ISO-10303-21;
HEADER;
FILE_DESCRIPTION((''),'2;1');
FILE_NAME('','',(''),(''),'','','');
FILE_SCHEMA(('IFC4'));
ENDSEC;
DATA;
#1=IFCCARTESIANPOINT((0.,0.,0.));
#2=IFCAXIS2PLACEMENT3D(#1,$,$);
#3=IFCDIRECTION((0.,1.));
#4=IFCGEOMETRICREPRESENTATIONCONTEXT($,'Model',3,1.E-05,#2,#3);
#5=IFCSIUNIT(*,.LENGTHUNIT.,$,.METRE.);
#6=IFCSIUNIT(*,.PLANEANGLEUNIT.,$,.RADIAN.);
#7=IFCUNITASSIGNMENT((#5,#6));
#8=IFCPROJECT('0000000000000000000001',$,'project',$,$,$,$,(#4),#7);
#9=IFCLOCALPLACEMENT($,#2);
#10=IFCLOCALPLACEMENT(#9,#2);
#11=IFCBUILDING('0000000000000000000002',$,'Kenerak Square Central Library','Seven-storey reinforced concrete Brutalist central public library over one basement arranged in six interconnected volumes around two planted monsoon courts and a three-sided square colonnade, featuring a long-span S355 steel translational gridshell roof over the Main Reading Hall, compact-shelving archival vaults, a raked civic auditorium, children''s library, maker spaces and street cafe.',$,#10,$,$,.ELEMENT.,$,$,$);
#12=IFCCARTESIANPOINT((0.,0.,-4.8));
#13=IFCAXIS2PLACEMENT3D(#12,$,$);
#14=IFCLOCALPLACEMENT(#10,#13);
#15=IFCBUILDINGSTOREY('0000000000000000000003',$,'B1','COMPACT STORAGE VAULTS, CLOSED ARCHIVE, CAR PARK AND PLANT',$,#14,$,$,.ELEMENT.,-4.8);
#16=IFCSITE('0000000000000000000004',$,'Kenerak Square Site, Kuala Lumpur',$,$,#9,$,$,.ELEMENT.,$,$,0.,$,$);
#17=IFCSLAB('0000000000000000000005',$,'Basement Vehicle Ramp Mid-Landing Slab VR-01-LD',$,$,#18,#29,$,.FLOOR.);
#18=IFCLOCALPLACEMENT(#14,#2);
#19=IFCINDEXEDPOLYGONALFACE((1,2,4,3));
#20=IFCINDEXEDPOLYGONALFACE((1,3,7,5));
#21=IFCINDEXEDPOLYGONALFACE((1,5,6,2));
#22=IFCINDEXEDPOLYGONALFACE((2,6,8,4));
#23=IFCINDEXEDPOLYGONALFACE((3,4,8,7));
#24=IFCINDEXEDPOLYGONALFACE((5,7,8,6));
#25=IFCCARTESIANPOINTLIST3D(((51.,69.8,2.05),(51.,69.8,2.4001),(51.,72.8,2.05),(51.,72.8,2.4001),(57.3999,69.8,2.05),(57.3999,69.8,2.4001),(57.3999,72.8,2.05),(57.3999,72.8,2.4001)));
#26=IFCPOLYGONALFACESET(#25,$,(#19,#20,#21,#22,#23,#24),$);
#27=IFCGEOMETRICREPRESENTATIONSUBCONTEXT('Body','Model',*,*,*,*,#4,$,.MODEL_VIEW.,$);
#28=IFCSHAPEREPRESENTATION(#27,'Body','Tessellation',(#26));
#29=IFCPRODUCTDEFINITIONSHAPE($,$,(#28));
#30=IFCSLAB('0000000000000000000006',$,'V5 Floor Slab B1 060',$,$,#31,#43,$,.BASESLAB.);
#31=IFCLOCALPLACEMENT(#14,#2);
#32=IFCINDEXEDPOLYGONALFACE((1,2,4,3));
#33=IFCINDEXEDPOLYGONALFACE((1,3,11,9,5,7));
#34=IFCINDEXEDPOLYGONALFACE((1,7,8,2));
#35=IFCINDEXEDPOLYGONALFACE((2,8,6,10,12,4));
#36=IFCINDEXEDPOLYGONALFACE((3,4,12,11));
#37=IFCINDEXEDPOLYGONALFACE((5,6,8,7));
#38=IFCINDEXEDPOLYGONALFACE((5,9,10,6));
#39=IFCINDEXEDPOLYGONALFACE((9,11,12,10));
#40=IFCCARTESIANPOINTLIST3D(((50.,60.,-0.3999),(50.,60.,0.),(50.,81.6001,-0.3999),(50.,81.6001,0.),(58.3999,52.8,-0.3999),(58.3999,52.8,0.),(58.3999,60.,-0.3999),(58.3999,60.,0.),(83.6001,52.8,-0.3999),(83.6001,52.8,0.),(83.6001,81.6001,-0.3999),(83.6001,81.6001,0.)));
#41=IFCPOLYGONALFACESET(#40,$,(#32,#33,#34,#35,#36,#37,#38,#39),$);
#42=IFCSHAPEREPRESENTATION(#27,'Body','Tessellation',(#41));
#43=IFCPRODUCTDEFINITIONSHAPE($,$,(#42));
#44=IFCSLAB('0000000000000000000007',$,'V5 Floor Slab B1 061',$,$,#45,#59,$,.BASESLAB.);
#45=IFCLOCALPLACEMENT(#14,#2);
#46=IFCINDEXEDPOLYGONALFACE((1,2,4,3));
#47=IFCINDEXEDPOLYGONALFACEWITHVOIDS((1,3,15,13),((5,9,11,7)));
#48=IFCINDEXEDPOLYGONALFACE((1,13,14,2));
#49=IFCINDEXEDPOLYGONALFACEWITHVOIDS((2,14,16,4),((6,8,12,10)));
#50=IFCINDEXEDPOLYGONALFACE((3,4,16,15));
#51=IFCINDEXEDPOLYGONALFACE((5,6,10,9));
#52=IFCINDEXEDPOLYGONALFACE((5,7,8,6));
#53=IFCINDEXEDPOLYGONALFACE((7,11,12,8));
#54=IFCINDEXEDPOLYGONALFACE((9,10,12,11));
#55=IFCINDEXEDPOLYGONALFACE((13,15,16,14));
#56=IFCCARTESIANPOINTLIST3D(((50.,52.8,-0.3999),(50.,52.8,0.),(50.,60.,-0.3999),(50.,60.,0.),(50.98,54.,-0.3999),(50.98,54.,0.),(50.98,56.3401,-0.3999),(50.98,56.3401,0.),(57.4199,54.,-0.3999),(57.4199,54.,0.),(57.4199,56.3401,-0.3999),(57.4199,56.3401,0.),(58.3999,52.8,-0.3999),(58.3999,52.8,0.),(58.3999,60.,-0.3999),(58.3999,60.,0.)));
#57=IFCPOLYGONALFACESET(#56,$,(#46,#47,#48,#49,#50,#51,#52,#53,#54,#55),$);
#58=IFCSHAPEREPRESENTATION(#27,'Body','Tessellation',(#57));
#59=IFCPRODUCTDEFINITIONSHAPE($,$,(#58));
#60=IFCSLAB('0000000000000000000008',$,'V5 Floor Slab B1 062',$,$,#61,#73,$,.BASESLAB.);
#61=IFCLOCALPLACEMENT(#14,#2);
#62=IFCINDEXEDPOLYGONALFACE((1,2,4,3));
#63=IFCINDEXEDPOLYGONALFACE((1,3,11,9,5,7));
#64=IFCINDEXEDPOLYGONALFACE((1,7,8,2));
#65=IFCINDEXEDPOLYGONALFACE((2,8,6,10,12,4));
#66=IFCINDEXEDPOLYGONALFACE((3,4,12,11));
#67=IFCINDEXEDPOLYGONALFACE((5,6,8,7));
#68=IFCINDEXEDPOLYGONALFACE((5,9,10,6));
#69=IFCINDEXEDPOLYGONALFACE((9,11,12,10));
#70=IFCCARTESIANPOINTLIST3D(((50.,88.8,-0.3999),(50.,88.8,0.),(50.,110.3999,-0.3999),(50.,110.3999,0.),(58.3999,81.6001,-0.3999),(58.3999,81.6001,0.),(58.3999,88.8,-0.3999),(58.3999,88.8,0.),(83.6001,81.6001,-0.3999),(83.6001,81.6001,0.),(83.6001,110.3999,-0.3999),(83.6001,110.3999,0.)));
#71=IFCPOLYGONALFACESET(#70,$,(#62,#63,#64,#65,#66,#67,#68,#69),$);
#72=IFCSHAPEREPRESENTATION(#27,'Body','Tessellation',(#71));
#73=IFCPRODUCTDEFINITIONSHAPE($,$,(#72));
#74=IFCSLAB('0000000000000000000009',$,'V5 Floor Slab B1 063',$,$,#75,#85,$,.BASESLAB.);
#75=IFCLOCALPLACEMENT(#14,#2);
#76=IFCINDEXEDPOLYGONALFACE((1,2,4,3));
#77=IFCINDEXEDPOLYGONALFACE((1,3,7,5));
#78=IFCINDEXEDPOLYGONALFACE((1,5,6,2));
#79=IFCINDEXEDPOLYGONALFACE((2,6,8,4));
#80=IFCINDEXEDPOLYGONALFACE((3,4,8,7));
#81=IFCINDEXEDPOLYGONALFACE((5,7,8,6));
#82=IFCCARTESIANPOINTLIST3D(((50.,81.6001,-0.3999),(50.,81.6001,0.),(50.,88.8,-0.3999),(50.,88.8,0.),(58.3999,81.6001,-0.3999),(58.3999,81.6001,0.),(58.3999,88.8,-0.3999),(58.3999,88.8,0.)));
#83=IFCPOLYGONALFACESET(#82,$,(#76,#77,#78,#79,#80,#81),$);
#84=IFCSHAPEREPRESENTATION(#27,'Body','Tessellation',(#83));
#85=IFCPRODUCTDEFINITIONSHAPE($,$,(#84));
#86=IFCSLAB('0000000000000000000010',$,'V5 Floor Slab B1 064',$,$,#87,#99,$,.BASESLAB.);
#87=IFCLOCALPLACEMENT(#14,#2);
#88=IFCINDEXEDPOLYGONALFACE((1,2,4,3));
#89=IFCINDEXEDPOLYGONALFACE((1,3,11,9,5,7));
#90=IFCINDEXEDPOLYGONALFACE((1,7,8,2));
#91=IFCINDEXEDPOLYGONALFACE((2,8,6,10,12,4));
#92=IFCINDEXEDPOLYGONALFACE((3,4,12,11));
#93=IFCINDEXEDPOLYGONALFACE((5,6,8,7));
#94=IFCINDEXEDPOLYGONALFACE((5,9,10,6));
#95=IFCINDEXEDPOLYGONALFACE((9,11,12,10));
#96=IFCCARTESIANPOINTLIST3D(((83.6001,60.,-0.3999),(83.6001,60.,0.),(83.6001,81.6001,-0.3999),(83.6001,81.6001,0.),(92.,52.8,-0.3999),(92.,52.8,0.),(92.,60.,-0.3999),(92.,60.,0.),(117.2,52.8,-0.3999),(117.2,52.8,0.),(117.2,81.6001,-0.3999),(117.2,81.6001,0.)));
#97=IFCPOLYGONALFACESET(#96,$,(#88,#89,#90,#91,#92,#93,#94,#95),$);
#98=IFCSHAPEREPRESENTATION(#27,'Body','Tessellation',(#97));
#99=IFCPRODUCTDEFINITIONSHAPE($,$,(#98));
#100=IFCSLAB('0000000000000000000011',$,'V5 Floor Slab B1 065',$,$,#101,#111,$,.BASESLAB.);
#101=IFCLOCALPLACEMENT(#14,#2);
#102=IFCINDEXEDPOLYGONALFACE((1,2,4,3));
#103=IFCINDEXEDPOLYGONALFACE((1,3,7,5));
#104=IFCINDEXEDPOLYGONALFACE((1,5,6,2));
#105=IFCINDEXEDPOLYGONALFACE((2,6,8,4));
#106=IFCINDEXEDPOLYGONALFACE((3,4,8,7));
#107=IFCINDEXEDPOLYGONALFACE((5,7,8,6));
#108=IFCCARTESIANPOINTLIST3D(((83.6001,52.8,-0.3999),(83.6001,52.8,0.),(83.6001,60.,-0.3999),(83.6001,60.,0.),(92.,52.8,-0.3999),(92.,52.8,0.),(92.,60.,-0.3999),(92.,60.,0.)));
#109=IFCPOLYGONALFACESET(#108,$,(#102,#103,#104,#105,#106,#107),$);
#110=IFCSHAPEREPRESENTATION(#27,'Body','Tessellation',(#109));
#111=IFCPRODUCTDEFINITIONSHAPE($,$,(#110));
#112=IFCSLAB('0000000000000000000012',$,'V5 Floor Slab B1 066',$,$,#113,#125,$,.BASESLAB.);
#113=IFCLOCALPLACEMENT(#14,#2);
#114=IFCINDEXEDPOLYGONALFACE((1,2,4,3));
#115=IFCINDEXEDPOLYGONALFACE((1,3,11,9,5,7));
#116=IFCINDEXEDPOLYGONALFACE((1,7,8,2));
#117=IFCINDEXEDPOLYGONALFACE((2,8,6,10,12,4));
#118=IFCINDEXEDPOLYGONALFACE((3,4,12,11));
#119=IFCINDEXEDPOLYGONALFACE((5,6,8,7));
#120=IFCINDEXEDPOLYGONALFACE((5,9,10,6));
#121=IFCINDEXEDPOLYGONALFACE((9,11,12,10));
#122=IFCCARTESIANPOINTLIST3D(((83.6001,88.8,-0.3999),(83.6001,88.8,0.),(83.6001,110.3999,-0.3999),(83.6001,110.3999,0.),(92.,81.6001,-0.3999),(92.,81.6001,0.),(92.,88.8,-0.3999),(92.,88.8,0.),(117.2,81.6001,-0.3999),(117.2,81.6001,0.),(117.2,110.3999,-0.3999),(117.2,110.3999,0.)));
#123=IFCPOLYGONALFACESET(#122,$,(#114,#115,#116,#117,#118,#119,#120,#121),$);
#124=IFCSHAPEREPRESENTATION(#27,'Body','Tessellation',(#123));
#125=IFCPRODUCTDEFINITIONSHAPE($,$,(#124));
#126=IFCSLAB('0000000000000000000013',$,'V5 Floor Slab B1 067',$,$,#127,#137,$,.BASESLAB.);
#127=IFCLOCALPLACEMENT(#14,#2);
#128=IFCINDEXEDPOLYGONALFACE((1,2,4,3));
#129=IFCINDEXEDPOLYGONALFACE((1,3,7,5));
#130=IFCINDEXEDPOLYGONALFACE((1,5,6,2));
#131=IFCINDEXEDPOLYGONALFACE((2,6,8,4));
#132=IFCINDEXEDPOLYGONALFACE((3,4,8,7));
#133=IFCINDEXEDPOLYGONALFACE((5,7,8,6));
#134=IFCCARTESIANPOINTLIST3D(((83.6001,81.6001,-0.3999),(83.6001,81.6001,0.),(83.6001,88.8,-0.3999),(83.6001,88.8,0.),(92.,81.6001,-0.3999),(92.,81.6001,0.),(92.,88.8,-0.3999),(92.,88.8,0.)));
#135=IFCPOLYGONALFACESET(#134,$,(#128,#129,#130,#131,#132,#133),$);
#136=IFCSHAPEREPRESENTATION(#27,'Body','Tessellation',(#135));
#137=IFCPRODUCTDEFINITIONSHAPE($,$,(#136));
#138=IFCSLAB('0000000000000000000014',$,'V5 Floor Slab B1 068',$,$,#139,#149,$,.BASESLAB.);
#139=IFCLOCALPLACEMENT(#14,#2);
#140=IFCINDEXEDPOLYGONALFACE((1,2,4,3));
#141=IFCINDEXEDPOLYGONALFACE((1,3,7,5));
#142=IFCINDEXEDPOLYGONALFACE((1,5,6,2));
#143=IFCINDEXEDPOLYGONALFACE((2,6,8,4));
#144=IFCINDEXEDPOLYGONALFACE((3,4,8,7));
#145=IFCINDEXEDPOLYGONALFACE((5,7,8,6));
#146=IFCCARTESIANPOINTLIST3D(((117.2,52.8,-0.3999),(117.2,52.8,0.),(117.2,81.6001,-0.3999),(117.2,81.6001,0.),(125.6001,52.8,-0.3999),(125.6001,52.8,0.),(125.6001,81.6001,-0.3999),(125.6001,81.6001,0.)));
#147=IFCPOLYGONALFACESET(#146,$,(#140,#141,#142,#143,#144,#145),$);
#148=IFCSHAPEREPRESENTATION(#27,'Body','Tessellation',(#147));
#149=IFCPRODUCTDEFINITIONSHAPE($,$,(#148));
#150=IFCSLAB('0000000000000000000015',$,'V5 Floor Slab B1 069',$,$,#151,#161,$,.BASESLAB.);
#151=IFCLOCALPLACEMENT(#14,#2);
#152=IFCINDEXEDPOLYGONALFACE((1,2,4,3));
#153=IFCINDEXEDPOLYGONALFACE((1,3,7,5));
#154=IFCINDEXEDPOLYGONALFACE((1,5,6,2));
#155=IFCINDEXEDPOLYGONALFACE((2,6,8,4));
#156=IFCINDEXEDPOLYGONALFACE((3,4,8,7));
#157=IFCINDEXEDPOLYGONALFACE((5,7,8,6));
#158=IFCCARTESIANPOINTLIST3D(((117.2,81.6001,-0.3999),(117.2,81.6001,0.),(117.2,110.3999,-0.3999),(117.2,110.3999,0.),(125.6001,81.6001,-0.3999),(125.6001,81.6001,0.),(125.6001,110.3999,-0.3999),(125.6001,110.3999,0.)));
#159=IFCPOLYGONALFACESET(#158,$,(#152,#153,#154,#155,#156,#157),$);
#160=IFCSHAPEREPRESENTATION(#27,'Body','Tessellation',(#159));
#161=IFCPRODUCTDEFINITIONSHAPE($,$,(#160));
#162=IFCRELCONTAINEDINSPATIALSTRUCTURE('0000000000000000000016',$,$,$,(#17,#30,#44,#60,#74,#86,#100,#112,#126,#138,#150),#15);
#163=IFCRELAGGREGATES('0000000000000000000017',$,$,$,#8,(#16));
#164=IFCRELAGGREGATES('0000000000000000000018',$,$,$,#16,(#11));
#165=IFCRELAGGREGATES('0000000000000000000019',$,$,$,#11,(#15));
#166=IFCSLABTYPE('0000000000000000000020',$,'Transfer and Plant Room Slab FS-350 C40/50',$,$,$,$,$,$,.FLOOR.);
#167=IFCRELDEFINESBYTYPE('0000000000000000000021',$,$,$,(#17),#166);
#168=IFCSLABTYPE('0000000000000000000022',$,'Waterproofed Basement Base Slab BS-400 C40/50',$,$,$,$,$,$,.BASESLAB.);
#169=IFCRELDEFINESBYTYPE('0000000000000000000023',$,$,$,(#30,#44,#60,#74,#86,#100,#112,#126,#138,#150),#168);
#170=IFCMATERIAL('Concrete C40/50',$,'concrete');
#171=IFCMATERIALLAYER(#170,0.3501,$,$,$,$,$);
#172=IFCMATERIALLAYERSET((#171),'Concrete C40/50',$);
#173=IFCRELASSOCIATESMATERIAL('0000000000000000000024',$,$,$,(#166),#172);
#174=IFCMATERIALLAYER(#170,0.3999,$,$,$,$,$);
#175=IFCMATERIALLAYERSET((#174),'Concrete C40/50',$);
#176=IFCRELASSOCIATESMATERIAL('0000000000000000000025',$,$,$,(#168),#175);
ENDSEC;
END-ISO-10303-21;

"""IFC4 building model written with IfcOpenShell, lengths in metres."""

from ifc_helpers import new_model, si_unit, direction, frame, origin, place, context, subcontext, project, spatial, polyline, outline, extrude, material, layer, layer_set, type_object, element, save


model = new_model("IFC4")

# Units and contexts
model_context = context("Model", 3, precision=1e-05, world=origin(), true_north=direction((0.0, 1.0)))
body_context = subcontext(model_context, "Body", "Model", "MODEL_VIEW")
ifc_project = project(units=[si_unit("LENGTHUNIT", "METRE"), si_unit("PLANEANGLEUNIT", "RADIAN")], contexts=[model_context])

# Site, building, storey
site_placement = place(None, origin())
site = spatial("IfcSite", under=ifc_project, at=site_placement, Name="Kenerak Square Site, Kuala Lumpur", CompositionType="ELEMENT", RefElevation=0.0)
building_placement = place(site_placement, origin())
building = spatial("IfcBuilding", under=site, at=building_placement, Name="Kenerak Square Central Library", Description="Seven-storey reinforced concrete Brutalist central public library over one basement arranged in six interconnected volumes around two planted monsoon courts and a three-sided square colonnade, featuring a long-span S355 steel translational gridshell roof over the Main Reading Hall, compact-shelving archival vaults, a raked civic auditorium, children's library, maker spaces and street cafe.", CompositionType="ELEMENT")
storey_placement = place(building_placement, frame((0.0, 0.0, -4.8)))
storey = spatial("IfcBuildingStorey", under=building, at=storey_placement, Name="B1", Description="COMPACT STORAGE VAULTS, CLOSED ARCHIVE, CAR PARK AND PLANT", CompositionType="ELEMENT", Elevation=-4.8)

# Shared definitions
ifc_material_1 = material(Name="Concrete C40/50", Category="concrete")

# Slabs
ifc_layer_1 = layer(ifc_material_1, 0.3501)
ifc_layer_set_1 = layer_set([ifc_layer_1], Name="Concrete C40/50")
slab_type_1 = type_object("IfcSlabType", Name="Transfer and Plant Room Slab FS-350 C40/50", PredefinedType="FLOOR", material=ifc_layer_set_1)
slab_1_placement = place(storey_placement, frame((0.0, 0.0, 2.05)))
element("IfcSlab", 1, at=slab_1_placement, inside=storey, type_object=slab_type_1, Name="Basement Vehicle Ramp Mid-Landing Slab VR-01-LD", PredefinedType="FLOOR", context=body_context, shape_type="SweptSolid", body=[
    extrude(outline(polyline([(51.0, 69.8), (57.3999, 69.8), (57.3999, 72.8), (51.0, 72.8), (51.0, 69.8)])), origin(), (0.0, 0.0, 1.0), 0.3501),
])
ifc_layer_2 = layer(ifc_material_1, 0.3999)
ifc_layer_set_2 = layer_set([ifc_layer_2], Name="Concrete C40/50")
slab_type_2 = type_object("IfcSlabType", Name="Waterproofed Basement Base Slab BS-400 C40/50", PredefinedType="BASESLAB", material=ifc_layer_set_2)
slab_2_placement = place(storey_placement, frame((0.0, 0.0, -0.3999)))
element("IfcSlab", 2, at=slab_2_placement, inside=storey, type_object=slab_type_2, Name="V5 Floor Slab B1 060", PredefinedType="BASESLAB", context=body_context, shape_type="SweptSolid", body=[
    extrude(outline(polyline([(50.0, 81.6001), (83.6001, 81.6001), (83.6001, 52.8), (58.3999, 52.8), (58.3999, 60.0), (50.0, 60.0), (50.0, 81.6001)])), origin(), (0.0, 0.0, 1.0), 0.3999),
])
slab_3_placement = place(storey_placement, frame((0.0, 0.0, -0.3999)))
element("IfcSlab", 3, at=slab_3_placement, inside=storey, type_object=slab_type_2, Name="V5 Floor Slab B1 061", PredefinedType="BASESLAB", context=body_context, shape_type="SweptSolid", body=[
    extrude(outline(polyline([(58.3999, 52.8), (58.3999, 60.0), (50.0, 60.0), (50.0, 52.8), (58.3999, 52.8)]), holes=[polyline([(50.98, 54.0), (57.4199, 54.0), (57.4199, 56.3401), (50.98, 56.3401), (50.98, 54.0)])]), origin(), (0.0, 0.0, 1.0), 0.3999),
])
slab_4_placement = place(storey_placement, frame((0.0, 0.0, -0.3999)))
element("IfcSlab", 4, at=slab_4_placement, inside=storey, type_object=slab_type_2, Name="V5 Floor Slab B1 062", PredefinedType="BASESLAB", context=body_context, shape_type="SweptSolid", body=[
    extrude(outline(polyline([(50.0, 110.3999), (83.6001, 110.3999), (83.6001, 81.6001), (58.3999, 81.6001), (58.3999, 88.8), (50.0, 88.8), (50.0, 110.3999)])), origin(), (0.0, 0.0, 1.0), 0.3999),
])
slab_5_placement = place(storey_placement, frame((0.0, 0.0, -0.3999)))
element("IfcSlab", 5, at=slab_5_placement, inside=storey, type_object=slab_type_2, Name="V5 Floor Slab B1 063", PredefinedType="BASESLAB", context=body_context, shape_type="SweptSolid", body=[
    extrude(outline(polyline([(58.3999, 81.6001), (58.3999, 88.8), (50.0, 88.8), (50.0, 81.6001), (58.3999, 81.6001)])), origin(), (0.0, 0.0, 1.0), 0.3999),
])
slab_6_placement = place(storey_placement, frame((0.0, 0.0, -0.3999)))
element("IfcSlab", 6, at=slab_6_placement, inside=storey, type_object=slab_type_2, Name="V5 Floor Slab B1 064", PredefinedType="BASESLAB", context=body_context, shape_type="SweptSolid", body=[
    extrude(outline(polyline([(83.6001, 81.6001), (117.2, 81.6001), (117.2, 52.8), (92.0, 52.8), (92.0, 60.0), (83.6001, 60.0), (83.6001, 81.6001)])), origin(), (0.0, 0.0, 1.0), 0.3999),
])
slab_7_placement = place(storey_placement, frame((0.0, 0.0, -0.3999)))
element("IfcSlab", 7, at=slab_7_placement, inside=storey, type_object=slab_type_2, Name="V5 Floor Slab B1 065", PredefinedType="BASESLAB", context=body_context, shape_type="SweptSolid", body=[
    extrude(outline(polyline([(92.0, 52.8), (92.0, 60.0), (83.6001, 60.0), (83.6001, 52.8), (92.0, 52.8)])), origin(), (0.0, 0.0, 1.0), 0.3999),
])
slab_8_placement = place(storey_placement, frame((0.0, 0.0, -0.3999)))
element("IfcSlab", 8, at=slab_8_placement, inside=storey, type_object=slab_type_2, Name="V5 Floor Slab B1 066", PredefinedType="BASESLAB", context=body_context, shape_type="SweptSolid", body=[
    extrude(outline(polyline([(83.6001, 110.3999), (117.2, 110.3999), (117.2, 81.6001), (92.0, 81.6001), (92.0, 88.8), (83.6001, 88.8), (83.6001, 110.3999)])), origin(), (0.0, 0.0, 1.0), 0.3999),
])
slab_9_placement = place(storey_placement, frame((0.0, 0.0, -0.3999)))
element("IfcSlab", 9, at=slab_9_placement, inside=storey, type_object=slab_type_2, Name="V5 Floor Slab B1 067", PredefinedType="BASESLAB", context=body_context, shape_type="SweptSolid", body=[
    extrude(outline(polyline([(92.0, 81.6001), (92.0, 88.8), (83.6001, 88.8), (83.6001, 81.6001), (92.0, 81.6001)])), origin(), (0.0, 0.0, 1.0), 0.3999),
])
slab_10_placement = place(storey_placement, frame((0.0, 0.0, -0.3999)))
element("IfcSlab", 10, at=slab_10_placement, inside=storey, type_object=slab_type_2, Name="V5 Floor Slab B1 068", PredefinedType="BASESLAB", context=body_context, shape_type="SweptSolid", body=[
    extrude(outline(polyline([(125.6001, 52.8), (125.6001, 81.6001), (117.2, 81.6001), (117.2, 52.8), (125.6001, 52.8)])), origin(), (0.0, 0.0, 1.0), 0.3999),
])
slab_11_placement = place(storey_placement, frame((0.0, 0.0, -0.3999)))
element("IfcSlab", 11, at=slab_11_placement, inside=storey, type_object=slab_type_2, Name="V5 Floor Slab B1 069", PredefinedType="BASESLAB", context=body_context, shape_type="SweptSolid", body=[
    extrude(outline(polyline([(125.6001, 81.6001), (125.6001, 110.3999), (117.2, 110.3999), (117.2, 81.6001), (125.6001, 81.6001)])), origin(), (0.0, 0.0, 1.0), 0.3999),
])

save(model, "model.ifc")
